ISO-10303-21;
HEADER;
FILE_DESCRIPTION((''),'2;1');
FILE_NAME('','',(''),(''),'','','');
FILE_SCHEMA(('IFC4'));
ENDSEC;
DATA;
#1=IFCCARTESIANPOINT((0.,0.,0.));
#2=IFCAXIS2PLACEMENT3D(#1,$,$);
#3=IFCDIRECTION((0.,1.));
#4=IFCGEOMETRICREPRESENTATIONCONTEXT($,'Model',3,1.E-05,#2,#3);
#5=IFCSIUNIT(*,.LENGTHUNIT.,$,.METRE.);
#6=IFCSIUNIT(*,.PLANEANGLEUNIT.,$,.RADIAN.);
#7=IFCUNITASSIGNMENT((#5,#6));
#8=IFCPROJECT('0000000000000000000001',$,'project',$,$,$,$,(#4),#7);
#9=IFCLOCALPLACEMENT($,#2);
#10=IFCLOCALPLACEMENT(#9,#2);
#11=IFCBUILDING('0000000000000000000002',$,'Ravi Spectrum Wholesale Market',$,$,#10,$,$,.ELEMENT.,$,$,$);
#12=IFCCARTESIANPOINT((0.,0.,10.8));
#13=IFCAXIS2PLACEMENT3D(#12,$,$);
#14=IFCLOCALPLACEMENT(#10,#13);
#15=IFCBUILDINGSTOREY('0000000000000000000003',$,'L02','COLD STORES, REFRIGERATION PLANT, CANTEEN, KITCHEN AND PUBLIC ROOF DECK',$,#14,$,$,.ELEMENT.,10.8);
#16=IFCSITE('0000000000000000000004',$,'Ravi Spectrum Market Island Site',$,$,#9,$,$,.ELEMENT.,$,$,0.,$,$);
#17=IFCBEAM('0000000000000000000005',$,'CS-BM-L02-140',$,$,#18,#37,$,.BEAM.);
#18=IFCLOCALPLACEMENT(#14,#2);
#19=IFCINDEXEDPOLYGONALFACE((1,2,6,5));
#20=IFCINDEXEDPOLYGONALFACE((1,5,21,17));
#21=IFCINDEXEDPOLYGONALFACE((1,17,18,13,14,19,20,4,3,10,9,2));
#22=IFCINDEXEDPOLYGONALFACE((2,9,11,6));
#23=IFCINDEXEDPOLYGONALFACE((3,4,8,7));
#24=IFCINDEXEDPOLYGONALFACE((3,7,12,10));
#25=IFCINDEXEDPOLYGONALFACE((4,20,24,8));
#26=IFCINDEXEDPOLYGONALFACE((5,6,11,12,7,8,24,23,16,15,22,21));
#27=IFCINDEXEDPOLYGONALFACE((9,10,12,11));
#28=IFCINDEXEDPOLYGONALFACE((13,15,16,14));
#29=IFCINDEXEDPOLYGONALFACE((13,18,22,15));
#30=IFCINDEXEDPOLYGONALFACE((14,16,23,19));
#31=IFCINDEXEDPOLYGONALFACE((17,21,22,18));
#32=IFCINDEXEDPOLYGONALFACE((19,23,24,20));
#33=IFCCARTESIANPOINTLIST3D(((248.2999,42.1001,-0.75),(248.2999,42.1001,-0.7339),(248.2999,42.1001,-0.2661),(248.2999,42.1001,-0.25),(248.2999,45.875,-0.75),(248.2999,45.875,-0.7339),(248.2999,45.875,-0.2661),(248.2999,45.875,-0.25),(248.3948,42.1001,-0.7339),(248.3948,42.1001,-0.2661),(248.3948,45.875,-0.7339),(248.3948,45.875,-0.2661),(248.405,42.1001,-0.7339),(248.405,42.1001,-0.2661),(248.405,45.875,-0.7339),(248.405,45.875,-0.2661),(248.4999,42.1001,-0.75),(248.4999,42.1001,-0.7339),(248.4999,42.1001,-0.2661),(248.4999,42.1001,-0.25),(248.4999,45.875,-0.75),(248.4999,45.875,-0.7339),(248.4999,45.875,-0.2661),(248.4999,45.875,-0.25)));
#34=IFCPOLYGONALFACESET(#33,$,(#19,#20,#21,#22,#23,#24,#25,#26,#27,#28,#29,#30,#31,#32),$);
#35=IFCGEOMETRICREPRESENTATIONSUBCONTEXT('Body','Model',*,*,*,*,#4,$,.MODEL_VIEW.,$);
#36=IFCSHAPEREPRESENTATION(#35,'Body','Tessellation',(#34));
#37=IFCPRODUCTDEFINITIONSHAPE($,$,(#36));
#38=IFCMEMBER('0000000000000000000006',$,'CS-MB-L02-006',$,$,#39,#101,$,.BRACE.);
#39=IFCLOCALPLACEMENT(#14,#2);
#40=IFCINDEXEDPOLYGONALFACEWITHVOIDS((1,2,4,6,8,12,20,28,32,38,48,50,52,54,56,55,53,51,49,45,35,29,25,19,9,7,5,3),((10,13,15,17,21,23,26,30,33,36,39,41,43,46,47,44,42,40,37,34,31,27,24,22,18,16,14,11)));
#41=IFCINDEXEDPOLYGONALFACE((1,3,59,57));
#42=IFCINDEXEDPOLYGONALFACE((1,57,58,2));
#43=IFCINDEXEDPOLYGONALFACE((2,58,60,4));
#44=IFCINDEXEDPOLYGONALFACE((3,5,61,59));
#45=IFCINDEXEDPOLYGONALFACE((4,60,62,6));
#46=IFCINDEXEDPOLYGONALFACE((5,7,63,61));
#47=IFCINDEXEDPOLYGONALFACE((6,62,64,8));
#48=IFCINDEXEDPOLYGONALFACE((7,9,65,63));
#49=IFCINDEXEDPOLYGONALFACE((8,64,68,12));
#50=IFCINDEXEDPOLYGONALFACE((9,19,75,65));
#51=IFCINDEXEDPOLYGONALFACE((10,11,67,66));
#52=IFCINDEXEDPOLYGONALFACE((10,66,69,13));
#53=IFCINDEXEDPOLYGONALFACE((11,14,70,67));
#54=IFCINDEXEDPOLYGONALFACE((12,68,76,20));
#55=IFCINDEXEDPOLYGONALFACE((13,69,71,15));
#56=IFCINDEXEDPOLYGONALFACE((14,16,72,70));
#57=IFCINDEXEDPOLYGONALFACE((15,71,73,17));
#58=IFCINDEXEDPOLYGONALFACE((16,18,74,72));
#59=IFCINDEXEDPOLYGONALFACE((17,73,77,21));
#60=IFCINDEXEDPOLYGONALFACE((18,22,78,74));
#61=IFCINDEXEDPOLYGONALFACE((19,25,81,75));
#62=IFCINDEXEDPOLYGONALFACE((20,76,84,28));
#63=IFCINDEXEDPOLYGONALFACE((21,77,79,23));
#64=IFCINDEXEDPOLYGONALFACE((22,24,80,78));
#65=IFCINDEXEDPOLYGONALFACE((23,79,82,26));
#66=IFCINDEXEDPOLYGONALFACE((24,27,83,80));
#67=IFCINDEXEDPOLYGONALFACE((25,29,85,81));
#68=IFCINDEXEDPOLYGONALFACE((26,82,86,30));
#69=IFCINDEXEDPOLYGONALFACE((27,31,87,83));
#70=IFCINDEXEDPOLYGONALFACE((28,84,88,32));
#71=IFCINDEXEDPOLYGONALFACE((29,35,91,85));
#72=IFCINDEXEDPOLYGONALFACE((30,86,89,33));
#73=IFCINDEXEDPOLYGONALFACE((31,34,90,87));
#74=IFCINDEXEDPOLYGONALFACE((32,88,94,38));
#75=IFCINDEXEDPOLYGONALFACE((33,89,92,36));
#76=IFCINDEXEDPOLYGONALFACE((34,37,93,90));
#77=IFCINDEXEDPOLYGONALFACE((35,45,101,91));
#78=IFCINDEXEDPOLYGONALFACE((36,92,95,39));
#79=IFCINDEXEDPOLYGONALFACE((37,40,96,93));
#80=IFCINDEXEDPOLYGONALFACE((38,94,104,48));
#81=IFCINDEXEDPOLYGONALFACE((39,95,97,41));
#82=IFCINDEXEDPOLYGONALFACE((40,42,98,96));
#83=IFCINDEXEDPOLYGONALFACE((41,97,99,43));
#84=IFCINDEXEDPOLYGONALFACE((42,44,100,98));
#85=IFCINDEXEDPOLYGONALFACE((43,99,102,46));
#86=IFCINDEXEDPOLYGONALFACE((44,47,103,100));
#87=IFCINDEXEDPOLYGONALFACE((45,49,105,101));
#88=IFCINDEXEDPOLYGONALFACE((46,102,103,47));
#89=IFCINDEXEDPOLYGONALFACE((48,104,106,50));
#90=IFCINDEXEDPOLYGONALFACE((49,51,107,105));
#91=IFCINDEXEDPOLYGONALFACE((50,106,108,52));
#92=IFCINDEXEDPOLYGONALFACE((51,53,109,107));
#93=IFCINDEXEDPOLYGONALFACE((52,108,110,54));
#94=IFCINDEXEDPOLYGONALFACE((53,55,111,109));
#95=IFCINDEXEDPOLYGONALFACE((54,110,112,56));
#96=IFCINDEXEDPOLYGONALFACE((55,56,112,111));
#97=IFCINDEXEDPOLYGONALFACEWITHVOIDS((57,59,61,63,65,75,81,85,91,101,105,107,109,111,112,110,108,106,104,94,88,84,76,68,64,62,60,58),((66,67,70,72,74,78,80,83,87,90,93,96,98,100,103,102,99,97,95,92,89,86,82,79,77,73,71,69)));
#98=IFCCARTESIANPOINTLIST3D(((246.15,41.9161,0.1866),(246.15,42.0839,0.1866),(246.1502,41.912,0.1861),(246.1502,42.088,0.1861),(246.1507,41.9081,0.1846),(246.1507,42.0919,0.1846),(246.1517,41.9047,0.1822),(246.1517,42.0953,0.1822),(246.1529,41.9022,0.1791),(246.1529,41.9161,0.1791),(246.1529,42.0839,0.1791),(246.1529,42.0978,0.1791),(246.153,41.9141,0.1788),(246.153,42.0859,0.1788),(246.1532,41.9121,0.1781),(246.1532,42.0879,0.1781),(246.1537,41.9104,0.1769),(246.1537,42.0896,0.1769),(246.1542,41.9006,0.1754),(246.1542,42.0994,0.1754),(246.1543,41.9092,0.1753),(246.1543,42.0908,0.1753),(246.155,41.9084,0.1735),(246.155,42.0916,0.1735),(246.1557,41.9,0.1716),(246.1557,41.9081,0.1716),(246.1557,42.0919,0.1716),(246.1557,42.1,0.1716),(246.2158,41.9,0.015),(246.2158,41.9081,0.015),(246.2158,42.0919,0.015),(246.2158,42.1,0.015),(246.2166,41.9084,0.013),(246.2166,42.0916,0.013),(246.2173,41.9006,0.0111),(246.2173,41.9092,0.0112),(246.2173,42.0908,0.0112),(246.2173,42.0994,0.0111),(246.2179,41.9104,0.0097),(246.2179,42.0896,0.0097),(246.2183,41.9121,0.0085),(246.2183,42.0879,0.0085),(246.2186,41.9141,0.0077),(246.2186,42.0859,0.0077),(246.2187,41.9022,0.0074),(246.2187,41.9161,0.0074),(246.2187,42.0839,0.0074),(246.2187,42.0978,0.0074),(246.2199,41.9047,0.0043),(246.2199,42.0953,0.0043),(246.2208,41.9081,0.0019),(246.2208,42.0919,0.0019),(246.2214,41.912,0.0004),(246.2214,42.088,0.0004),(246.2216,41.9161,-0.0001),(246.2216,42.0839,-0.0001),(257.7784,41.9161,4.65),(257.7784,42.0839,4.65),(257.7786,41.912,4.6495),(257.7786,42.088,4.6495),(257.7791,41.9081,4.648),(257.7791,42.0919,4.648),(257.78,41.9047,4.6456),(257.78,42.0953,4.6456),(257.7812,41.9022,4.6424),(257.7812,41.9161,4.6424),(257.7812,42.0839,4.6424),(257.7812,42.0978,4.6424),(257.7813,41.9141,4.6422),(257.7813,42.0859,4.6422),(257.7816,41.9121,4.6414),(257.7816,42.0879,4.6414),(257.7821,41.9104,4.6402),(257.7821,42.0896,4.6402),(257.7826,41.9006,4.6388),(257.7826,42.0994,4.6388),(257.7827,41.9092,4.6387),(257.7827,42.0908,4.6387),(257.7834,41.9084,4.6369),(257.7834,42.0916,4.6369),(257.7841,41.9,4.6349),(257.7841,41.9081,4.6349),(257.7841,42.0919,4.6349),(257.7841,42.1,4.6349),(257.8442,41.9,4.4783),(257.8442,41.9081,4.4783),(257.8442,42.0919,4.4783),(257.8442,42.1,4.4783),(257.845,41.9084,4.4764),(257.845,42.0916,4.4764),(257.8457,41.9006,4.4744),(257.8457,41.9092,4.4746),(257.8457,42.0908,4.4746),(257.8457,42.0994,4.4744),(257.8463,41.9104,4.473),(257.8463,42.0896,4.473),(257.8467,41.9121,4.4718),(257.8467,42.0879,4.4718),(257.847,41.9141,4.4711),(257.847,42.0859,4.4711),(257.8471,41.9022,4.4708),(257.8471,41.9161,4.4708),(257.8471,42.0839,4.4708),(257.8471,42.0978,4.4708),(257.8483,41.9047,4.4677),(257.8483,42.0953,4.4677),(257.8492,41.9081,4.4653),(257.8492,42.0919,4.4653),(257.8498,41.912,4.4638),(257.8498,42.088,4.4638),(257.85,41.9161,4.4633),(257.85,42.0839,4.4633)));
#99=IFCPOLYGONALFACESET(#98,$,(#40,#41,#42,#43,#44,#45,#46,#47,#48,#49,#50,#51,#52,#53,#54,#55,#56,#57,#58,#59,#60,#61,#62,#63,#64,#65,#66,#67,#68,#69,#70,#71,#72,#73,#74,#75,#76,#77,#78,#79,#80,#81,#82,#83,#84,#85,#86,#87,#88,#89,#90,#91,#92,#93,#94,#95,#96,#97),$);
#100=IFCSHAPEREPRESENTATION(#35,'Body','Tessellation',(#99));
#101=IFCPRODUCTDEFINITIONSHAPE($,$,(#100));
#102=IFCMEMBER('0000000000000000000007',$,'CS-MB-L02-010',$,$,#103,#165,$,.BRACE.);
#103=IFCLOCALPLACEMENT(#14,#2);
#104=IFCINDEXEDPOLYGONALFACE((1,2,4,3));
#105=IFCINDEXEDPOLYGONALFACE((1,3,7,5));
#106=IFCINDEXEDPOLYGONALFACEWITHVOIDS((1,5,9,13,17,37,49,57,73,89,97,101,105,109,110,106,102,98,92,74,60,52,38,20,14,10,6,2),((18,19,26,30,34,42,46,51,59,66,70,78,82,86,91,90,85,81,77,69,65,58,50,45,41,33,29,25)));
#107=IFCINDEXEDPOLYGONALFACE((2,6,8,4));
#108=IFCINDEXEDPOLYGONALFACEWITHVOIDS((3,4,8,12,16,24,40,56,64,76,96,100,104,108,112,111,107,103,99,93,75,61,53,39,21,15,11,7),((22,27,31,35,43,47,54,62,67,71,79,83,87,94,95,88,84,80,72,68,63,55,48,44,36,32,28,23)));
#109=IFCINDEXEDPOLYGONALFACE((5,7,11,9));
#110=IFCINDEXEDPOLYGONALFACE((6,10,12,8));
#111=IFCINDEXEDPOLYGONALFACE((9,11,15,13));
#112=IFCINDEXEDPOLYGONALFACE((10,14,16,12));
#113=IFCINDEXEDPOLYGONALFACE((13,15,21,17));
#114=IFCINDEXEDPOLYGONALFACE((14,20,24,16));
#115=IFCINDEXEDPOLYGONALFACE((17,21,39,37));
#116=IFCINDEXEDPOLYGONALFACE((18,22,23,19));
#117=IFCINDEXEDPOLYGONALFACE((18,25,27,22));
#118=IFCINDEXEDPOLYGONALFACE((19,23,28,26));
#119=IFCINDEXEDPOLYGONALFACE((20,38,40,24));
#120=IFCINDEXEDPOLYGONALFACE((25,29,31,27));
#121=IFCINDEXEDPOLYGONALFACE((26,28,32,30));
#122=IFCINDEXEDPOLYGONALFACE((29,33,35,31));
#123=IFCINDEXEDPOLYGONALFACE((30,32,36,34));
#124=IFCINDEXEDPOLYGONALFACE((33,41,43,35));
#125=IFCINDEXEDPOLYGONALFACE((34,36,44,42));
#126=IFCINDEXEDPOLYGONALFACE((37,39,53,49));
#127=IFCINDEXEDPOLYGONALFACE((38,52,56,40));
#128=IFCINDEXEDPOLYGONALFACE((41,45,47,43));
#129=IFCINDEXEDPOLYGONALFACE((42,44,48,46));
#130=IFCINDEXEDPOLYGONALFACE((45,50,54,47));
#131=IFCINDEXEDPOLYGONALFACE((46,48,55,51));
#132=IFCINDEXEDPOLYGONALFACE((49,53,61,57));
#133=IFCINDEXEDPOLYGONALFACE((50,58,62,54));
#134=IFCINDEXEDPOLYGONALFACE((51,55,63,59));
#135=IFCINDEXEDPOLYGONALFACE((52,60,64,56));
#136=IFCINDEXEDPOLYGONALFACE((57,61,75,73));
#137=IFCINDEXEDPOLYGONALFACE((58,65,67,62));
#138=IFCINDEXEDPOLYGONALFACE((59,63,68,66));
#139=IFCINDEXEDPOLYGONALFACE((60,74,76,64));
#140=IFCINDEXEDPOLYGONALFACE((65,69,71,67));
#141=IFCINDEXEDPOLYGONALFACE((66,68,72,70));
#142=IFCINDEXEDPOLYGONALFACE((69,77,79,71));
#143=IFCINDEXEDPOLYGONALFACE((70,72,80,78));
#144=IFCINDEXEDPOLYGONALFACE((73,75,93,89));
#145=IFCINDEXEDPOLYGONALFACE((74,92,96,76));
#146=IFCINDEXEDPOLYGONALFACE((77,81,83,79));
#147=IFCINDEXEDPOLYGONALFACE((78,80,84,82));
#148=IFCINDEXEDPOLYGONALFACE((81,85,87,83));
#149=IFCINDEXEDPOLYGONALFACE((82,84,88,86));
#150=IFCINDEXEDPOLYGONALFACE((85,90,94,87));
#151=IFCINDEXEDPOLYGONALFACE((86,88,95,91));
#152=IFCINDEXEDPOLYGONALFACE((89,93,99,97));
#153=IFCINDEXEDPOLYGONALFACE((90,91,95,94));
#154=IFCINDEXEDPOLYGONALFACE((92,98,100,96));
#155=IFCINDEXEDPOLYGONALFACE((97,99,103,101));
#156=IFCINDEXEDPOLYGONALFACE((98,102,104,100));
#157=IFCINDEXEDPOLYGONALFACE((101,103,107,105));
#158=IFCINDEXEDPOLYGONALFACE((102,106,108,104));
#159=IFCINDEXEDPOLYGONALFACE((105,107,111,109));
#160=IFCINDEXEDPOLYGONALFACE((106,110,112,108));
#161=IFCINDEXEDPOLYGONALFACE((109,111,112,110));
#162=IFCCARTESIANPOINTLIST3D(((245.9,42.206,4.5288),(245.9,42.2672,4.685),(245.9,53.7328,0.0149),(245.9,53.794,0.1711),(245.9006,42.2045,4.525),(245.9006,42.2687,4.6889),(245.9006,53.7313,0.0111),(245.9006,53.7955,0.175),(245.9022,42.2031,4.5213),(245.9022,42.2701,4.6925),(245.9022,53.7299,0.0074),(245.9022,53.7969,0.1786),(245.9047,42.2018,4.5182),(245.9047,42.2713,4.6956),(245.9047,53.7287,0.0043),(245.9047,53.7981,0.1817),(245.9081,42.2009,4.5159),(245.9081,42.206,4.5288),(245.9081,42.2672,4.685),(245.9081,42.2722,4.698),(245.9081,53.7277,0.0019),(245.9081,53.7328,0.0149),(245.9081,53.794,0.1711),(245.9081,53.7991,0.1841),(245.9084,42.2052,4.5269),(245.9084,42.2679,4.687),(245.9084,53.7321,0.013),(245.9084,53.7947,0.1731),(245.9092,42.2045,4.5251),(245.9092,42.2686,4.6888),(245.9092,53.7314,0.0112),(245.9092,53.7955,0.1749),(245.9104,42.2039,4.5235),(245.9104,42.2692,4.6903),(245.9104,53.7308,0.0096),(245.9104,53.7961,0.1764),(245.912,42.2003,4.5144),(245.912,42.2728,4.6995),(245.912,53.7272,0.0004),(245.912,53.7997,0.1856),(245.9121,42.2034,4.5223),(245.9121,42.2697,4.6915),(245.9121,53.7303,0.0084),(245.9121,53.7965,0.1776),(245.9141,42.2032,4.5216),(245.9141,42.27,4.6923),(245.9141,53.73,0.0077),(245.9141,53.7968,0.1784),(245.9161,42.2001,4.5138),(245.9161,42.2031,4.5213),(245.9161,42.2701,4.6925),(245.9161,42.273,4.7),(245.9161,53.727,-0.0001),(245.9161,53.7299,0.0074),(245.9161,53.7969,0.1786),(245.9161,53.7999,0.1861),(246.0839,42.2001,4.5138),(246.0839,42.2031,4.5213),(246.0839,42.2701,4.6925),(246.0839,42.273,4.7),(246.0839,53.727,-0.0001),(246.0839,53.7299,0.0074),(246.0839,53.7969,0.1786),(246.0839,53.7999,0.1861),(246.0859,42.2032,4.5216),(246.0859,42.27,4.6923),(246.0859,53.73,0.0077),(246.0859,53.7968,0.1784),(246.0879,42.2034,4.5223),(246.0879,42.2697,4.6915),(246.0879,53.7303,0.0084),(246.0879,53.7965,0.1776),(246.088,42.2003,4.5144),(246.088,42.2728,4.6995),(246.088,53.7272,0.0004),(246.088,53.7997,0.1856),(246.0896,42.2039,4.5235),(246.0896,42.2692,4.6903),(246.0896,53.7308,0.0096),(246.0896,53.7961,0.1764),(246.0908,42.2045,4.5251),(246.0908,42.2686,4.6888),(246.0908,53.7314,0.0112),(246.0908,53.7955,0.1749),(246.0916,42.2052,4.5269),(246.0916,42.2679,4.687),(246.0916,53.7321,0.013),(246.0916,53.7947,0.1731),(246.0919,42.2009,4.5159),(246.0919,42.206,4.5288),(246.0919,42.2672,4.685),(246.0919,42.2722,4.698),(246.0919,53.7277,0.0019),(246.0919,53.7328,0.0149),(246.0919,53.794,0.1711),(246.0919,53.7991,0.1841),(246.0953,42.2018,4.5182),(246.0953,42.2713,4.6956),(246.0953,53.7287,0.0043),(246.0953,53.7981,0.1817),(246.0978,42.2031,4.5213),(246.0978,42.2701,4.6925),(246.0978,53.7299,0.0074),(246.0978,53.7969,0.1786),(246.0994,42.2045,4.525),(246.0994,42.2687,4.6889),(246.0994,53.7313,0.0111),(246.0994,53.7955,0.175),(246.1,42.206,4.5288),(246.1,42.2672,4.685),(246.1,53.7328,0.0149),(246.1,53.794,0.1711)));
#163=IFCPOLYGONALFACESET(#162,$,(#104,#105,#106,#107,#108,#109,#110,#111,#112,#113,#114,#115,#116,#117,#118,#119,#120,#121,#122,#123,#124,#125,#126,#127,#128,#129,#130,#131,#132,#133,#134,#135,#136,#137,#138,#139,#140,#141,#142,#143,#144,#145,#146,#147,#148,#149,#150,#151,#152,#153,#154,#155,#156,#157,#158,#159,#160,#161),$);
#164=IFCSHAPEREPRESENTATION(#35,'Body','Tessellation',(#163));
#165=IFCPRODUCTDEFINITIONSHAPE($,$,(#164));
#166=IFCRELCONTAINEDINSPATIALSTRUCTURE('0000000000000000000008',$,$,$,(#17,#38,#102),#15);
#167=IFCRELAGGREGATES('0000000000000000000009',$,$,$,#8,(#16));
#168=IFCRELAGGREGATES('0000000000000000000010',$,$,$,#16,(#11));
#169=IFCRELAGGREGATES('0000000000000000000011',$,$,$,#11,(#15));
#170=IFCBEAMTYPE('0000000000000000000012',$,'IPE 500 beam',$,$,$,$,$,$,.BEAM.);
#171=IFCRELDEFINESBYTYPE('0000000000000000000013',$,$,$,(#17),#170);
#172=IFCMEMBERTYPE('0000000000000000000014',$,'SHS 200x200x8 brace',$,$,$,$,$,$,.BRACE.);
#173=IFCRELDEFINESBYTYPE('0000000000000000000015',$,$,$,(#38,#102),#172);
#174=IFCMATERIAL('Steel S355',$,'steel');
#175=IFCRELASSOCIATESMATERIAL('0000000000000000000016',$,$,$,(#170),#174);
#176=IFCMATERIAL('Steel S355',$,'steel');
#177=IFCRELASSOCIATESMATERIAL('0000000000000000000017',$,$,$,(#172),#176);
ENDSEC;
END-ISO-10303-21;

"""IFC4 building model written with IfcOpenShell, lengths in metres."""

from ifc_helpers import new_model, si_unit, direction, frame, origin, origin_2d, place, context, subcontext, project, spatial, hollow_rectangle, i_section, extrude, material, material_profile, profile_set, type_object, element, save


model = new_model("IFC4")

# Units and contexts
model_context = context("Model", 3, precision=1e-05, world=origin(), true_north=direction((0.0, 1.0)))
body_context = subcontext(model_context, "Body", "Model", "MODEL_VIEW")
ifc_project = project(units=[si_unit("LENGTHUNIT", "METRE"), si_unit("PLANEANGLEUNIT", "RADIAN")], contexts=[model_context])

# Site, building, storey
site_placement = place(None, origin())
site = spatial("IfcSite", under=ifc_project, at=site_placement, Name="Ravi Spectrum Market Island Site", CompositionType="ELEMENT", RefElevation=0.0)
building_placement = place(site_placement, origin())
building = spatial("IfcBuilding", under=site, at=building_placement, Name="Ravi Spectrum Wholesale Market", CompositionType="ELEMENT")
storey_placement = place(building_placement, frame((0.0, 0.0, 10.8)))
storey = spatial("IfcBuildingStorey", under=building, at=storey_placement, Name="L02", Description="COLD STORES, REFRIGERATION PLANT, CANTEEN, KITCHEN AND PUBLIC ROOF DECK", CompositionType="ELEMENT", Elevation=10.8)

# Beam
ifc_material_1 = material(Name="Steel S355", Category="steel")
ifc_material_profile_1 = material_profile(ifc_material_1, i_section(OverallWidth=0.2, OverallDepth=0.5, WebThickness=0.0103, FlangeThickness=0.0161, at=origin_2d()))
ifc_profile_set_1 = profile_set([ifc_material_profile_1], Name="Steel S355")
beam_type_1 = type_object("IfcBeamType", Name="IPE 500 beam", PredefinedType="BEAM", material=ifc_profile_set_1)
beam_1_placement = place(storey_placement, frame((248.3999, 42.1001, -0.5), z_axis=(0.0, 1.0, 0.0), x_axis=(-1.0, 0.0, 0.0)))
element("IfcBeam", 1, at=beam_1_placement, inside=storey, type_object=beam_type_1, Name="CS-BM-L02-140", PredefinedType="BEAM", context=body_context, shape_type="SweptSolid", body=[
    extrude(i_section(OverallWidth=0.2, OverallDepth=0.5, WebThickness=0.0103, FlangeThickness=0.0161, at=origin_2d()), origin(), (0.0, 0.0, 1.0), 3.7749),
])

# Members
ifc_material_2 = material(Name="Steel S355", Category="steel")
ifc_material_profile_2 = material_profile(ifc_material_2, hollow_rectangle(XDim=0.2, YDim=0.2, WallThickness=0.0081, InnerFilletRadius=0.0081, OuterFilletRadius=0.0161, at=origin_2d()))
ifc_profile_set_2 = profile_set([ifc_material_profile_2], Name="Steel S355")
member_type = type_object("IfcMemberType", Name="SHS 200x200x8 brace", PredefinedType="BRACE", material=ifc_profile_set_2)
member_1_placement = place(storey_placement, frame((246.1858, 42.0, 0.0933), z_axis=(0.93359, 0.0, 0.358343), x_axis=(0.0, 1.0, 0.0)))
element("IfcMember", 2, at=member_1_placement, inside=storey, type_object=member_type, Name="CS-MB-L02-006", PredefinedType="BRACE", context=body_context, shape_type="SweptSolid", body=[
    extrude(hollow_rectangle(XDim=0.2, YDim=0.2, WallThickness=0.0081, InnerFilletRadius=0.0081, OuterFilletRadius=0.0161, at=origin_2d()), origin(), (0.0, 0.0, 1.0), 12.4556),
])
member_2_placement = place(storey_placement, frame((246.0, 42.2366, 4.6069), z_axis=(0.0, 0.931149, -0.364638), x_axis=(-1.0, 0.0, 0.0)))
element("IfcMember", 3, at=member_2_placement, inside=storey, type_object=member_type, Name="CS-MB-L02-010", PredefinedType="BRACE", context=body_context, shape_type="SweptSolid", body=[
    extrude(hollow_rectangle(XDim=0.2, YDim=0.2, WallThickness=0.0081, InnerFilletRadius=0.0081, OuterFilletRadius=0.0161, at=origin_2d()), origin(), (0.0, 0.0, 1.0), 12.3792),
])

save(model, "model.ifc")
